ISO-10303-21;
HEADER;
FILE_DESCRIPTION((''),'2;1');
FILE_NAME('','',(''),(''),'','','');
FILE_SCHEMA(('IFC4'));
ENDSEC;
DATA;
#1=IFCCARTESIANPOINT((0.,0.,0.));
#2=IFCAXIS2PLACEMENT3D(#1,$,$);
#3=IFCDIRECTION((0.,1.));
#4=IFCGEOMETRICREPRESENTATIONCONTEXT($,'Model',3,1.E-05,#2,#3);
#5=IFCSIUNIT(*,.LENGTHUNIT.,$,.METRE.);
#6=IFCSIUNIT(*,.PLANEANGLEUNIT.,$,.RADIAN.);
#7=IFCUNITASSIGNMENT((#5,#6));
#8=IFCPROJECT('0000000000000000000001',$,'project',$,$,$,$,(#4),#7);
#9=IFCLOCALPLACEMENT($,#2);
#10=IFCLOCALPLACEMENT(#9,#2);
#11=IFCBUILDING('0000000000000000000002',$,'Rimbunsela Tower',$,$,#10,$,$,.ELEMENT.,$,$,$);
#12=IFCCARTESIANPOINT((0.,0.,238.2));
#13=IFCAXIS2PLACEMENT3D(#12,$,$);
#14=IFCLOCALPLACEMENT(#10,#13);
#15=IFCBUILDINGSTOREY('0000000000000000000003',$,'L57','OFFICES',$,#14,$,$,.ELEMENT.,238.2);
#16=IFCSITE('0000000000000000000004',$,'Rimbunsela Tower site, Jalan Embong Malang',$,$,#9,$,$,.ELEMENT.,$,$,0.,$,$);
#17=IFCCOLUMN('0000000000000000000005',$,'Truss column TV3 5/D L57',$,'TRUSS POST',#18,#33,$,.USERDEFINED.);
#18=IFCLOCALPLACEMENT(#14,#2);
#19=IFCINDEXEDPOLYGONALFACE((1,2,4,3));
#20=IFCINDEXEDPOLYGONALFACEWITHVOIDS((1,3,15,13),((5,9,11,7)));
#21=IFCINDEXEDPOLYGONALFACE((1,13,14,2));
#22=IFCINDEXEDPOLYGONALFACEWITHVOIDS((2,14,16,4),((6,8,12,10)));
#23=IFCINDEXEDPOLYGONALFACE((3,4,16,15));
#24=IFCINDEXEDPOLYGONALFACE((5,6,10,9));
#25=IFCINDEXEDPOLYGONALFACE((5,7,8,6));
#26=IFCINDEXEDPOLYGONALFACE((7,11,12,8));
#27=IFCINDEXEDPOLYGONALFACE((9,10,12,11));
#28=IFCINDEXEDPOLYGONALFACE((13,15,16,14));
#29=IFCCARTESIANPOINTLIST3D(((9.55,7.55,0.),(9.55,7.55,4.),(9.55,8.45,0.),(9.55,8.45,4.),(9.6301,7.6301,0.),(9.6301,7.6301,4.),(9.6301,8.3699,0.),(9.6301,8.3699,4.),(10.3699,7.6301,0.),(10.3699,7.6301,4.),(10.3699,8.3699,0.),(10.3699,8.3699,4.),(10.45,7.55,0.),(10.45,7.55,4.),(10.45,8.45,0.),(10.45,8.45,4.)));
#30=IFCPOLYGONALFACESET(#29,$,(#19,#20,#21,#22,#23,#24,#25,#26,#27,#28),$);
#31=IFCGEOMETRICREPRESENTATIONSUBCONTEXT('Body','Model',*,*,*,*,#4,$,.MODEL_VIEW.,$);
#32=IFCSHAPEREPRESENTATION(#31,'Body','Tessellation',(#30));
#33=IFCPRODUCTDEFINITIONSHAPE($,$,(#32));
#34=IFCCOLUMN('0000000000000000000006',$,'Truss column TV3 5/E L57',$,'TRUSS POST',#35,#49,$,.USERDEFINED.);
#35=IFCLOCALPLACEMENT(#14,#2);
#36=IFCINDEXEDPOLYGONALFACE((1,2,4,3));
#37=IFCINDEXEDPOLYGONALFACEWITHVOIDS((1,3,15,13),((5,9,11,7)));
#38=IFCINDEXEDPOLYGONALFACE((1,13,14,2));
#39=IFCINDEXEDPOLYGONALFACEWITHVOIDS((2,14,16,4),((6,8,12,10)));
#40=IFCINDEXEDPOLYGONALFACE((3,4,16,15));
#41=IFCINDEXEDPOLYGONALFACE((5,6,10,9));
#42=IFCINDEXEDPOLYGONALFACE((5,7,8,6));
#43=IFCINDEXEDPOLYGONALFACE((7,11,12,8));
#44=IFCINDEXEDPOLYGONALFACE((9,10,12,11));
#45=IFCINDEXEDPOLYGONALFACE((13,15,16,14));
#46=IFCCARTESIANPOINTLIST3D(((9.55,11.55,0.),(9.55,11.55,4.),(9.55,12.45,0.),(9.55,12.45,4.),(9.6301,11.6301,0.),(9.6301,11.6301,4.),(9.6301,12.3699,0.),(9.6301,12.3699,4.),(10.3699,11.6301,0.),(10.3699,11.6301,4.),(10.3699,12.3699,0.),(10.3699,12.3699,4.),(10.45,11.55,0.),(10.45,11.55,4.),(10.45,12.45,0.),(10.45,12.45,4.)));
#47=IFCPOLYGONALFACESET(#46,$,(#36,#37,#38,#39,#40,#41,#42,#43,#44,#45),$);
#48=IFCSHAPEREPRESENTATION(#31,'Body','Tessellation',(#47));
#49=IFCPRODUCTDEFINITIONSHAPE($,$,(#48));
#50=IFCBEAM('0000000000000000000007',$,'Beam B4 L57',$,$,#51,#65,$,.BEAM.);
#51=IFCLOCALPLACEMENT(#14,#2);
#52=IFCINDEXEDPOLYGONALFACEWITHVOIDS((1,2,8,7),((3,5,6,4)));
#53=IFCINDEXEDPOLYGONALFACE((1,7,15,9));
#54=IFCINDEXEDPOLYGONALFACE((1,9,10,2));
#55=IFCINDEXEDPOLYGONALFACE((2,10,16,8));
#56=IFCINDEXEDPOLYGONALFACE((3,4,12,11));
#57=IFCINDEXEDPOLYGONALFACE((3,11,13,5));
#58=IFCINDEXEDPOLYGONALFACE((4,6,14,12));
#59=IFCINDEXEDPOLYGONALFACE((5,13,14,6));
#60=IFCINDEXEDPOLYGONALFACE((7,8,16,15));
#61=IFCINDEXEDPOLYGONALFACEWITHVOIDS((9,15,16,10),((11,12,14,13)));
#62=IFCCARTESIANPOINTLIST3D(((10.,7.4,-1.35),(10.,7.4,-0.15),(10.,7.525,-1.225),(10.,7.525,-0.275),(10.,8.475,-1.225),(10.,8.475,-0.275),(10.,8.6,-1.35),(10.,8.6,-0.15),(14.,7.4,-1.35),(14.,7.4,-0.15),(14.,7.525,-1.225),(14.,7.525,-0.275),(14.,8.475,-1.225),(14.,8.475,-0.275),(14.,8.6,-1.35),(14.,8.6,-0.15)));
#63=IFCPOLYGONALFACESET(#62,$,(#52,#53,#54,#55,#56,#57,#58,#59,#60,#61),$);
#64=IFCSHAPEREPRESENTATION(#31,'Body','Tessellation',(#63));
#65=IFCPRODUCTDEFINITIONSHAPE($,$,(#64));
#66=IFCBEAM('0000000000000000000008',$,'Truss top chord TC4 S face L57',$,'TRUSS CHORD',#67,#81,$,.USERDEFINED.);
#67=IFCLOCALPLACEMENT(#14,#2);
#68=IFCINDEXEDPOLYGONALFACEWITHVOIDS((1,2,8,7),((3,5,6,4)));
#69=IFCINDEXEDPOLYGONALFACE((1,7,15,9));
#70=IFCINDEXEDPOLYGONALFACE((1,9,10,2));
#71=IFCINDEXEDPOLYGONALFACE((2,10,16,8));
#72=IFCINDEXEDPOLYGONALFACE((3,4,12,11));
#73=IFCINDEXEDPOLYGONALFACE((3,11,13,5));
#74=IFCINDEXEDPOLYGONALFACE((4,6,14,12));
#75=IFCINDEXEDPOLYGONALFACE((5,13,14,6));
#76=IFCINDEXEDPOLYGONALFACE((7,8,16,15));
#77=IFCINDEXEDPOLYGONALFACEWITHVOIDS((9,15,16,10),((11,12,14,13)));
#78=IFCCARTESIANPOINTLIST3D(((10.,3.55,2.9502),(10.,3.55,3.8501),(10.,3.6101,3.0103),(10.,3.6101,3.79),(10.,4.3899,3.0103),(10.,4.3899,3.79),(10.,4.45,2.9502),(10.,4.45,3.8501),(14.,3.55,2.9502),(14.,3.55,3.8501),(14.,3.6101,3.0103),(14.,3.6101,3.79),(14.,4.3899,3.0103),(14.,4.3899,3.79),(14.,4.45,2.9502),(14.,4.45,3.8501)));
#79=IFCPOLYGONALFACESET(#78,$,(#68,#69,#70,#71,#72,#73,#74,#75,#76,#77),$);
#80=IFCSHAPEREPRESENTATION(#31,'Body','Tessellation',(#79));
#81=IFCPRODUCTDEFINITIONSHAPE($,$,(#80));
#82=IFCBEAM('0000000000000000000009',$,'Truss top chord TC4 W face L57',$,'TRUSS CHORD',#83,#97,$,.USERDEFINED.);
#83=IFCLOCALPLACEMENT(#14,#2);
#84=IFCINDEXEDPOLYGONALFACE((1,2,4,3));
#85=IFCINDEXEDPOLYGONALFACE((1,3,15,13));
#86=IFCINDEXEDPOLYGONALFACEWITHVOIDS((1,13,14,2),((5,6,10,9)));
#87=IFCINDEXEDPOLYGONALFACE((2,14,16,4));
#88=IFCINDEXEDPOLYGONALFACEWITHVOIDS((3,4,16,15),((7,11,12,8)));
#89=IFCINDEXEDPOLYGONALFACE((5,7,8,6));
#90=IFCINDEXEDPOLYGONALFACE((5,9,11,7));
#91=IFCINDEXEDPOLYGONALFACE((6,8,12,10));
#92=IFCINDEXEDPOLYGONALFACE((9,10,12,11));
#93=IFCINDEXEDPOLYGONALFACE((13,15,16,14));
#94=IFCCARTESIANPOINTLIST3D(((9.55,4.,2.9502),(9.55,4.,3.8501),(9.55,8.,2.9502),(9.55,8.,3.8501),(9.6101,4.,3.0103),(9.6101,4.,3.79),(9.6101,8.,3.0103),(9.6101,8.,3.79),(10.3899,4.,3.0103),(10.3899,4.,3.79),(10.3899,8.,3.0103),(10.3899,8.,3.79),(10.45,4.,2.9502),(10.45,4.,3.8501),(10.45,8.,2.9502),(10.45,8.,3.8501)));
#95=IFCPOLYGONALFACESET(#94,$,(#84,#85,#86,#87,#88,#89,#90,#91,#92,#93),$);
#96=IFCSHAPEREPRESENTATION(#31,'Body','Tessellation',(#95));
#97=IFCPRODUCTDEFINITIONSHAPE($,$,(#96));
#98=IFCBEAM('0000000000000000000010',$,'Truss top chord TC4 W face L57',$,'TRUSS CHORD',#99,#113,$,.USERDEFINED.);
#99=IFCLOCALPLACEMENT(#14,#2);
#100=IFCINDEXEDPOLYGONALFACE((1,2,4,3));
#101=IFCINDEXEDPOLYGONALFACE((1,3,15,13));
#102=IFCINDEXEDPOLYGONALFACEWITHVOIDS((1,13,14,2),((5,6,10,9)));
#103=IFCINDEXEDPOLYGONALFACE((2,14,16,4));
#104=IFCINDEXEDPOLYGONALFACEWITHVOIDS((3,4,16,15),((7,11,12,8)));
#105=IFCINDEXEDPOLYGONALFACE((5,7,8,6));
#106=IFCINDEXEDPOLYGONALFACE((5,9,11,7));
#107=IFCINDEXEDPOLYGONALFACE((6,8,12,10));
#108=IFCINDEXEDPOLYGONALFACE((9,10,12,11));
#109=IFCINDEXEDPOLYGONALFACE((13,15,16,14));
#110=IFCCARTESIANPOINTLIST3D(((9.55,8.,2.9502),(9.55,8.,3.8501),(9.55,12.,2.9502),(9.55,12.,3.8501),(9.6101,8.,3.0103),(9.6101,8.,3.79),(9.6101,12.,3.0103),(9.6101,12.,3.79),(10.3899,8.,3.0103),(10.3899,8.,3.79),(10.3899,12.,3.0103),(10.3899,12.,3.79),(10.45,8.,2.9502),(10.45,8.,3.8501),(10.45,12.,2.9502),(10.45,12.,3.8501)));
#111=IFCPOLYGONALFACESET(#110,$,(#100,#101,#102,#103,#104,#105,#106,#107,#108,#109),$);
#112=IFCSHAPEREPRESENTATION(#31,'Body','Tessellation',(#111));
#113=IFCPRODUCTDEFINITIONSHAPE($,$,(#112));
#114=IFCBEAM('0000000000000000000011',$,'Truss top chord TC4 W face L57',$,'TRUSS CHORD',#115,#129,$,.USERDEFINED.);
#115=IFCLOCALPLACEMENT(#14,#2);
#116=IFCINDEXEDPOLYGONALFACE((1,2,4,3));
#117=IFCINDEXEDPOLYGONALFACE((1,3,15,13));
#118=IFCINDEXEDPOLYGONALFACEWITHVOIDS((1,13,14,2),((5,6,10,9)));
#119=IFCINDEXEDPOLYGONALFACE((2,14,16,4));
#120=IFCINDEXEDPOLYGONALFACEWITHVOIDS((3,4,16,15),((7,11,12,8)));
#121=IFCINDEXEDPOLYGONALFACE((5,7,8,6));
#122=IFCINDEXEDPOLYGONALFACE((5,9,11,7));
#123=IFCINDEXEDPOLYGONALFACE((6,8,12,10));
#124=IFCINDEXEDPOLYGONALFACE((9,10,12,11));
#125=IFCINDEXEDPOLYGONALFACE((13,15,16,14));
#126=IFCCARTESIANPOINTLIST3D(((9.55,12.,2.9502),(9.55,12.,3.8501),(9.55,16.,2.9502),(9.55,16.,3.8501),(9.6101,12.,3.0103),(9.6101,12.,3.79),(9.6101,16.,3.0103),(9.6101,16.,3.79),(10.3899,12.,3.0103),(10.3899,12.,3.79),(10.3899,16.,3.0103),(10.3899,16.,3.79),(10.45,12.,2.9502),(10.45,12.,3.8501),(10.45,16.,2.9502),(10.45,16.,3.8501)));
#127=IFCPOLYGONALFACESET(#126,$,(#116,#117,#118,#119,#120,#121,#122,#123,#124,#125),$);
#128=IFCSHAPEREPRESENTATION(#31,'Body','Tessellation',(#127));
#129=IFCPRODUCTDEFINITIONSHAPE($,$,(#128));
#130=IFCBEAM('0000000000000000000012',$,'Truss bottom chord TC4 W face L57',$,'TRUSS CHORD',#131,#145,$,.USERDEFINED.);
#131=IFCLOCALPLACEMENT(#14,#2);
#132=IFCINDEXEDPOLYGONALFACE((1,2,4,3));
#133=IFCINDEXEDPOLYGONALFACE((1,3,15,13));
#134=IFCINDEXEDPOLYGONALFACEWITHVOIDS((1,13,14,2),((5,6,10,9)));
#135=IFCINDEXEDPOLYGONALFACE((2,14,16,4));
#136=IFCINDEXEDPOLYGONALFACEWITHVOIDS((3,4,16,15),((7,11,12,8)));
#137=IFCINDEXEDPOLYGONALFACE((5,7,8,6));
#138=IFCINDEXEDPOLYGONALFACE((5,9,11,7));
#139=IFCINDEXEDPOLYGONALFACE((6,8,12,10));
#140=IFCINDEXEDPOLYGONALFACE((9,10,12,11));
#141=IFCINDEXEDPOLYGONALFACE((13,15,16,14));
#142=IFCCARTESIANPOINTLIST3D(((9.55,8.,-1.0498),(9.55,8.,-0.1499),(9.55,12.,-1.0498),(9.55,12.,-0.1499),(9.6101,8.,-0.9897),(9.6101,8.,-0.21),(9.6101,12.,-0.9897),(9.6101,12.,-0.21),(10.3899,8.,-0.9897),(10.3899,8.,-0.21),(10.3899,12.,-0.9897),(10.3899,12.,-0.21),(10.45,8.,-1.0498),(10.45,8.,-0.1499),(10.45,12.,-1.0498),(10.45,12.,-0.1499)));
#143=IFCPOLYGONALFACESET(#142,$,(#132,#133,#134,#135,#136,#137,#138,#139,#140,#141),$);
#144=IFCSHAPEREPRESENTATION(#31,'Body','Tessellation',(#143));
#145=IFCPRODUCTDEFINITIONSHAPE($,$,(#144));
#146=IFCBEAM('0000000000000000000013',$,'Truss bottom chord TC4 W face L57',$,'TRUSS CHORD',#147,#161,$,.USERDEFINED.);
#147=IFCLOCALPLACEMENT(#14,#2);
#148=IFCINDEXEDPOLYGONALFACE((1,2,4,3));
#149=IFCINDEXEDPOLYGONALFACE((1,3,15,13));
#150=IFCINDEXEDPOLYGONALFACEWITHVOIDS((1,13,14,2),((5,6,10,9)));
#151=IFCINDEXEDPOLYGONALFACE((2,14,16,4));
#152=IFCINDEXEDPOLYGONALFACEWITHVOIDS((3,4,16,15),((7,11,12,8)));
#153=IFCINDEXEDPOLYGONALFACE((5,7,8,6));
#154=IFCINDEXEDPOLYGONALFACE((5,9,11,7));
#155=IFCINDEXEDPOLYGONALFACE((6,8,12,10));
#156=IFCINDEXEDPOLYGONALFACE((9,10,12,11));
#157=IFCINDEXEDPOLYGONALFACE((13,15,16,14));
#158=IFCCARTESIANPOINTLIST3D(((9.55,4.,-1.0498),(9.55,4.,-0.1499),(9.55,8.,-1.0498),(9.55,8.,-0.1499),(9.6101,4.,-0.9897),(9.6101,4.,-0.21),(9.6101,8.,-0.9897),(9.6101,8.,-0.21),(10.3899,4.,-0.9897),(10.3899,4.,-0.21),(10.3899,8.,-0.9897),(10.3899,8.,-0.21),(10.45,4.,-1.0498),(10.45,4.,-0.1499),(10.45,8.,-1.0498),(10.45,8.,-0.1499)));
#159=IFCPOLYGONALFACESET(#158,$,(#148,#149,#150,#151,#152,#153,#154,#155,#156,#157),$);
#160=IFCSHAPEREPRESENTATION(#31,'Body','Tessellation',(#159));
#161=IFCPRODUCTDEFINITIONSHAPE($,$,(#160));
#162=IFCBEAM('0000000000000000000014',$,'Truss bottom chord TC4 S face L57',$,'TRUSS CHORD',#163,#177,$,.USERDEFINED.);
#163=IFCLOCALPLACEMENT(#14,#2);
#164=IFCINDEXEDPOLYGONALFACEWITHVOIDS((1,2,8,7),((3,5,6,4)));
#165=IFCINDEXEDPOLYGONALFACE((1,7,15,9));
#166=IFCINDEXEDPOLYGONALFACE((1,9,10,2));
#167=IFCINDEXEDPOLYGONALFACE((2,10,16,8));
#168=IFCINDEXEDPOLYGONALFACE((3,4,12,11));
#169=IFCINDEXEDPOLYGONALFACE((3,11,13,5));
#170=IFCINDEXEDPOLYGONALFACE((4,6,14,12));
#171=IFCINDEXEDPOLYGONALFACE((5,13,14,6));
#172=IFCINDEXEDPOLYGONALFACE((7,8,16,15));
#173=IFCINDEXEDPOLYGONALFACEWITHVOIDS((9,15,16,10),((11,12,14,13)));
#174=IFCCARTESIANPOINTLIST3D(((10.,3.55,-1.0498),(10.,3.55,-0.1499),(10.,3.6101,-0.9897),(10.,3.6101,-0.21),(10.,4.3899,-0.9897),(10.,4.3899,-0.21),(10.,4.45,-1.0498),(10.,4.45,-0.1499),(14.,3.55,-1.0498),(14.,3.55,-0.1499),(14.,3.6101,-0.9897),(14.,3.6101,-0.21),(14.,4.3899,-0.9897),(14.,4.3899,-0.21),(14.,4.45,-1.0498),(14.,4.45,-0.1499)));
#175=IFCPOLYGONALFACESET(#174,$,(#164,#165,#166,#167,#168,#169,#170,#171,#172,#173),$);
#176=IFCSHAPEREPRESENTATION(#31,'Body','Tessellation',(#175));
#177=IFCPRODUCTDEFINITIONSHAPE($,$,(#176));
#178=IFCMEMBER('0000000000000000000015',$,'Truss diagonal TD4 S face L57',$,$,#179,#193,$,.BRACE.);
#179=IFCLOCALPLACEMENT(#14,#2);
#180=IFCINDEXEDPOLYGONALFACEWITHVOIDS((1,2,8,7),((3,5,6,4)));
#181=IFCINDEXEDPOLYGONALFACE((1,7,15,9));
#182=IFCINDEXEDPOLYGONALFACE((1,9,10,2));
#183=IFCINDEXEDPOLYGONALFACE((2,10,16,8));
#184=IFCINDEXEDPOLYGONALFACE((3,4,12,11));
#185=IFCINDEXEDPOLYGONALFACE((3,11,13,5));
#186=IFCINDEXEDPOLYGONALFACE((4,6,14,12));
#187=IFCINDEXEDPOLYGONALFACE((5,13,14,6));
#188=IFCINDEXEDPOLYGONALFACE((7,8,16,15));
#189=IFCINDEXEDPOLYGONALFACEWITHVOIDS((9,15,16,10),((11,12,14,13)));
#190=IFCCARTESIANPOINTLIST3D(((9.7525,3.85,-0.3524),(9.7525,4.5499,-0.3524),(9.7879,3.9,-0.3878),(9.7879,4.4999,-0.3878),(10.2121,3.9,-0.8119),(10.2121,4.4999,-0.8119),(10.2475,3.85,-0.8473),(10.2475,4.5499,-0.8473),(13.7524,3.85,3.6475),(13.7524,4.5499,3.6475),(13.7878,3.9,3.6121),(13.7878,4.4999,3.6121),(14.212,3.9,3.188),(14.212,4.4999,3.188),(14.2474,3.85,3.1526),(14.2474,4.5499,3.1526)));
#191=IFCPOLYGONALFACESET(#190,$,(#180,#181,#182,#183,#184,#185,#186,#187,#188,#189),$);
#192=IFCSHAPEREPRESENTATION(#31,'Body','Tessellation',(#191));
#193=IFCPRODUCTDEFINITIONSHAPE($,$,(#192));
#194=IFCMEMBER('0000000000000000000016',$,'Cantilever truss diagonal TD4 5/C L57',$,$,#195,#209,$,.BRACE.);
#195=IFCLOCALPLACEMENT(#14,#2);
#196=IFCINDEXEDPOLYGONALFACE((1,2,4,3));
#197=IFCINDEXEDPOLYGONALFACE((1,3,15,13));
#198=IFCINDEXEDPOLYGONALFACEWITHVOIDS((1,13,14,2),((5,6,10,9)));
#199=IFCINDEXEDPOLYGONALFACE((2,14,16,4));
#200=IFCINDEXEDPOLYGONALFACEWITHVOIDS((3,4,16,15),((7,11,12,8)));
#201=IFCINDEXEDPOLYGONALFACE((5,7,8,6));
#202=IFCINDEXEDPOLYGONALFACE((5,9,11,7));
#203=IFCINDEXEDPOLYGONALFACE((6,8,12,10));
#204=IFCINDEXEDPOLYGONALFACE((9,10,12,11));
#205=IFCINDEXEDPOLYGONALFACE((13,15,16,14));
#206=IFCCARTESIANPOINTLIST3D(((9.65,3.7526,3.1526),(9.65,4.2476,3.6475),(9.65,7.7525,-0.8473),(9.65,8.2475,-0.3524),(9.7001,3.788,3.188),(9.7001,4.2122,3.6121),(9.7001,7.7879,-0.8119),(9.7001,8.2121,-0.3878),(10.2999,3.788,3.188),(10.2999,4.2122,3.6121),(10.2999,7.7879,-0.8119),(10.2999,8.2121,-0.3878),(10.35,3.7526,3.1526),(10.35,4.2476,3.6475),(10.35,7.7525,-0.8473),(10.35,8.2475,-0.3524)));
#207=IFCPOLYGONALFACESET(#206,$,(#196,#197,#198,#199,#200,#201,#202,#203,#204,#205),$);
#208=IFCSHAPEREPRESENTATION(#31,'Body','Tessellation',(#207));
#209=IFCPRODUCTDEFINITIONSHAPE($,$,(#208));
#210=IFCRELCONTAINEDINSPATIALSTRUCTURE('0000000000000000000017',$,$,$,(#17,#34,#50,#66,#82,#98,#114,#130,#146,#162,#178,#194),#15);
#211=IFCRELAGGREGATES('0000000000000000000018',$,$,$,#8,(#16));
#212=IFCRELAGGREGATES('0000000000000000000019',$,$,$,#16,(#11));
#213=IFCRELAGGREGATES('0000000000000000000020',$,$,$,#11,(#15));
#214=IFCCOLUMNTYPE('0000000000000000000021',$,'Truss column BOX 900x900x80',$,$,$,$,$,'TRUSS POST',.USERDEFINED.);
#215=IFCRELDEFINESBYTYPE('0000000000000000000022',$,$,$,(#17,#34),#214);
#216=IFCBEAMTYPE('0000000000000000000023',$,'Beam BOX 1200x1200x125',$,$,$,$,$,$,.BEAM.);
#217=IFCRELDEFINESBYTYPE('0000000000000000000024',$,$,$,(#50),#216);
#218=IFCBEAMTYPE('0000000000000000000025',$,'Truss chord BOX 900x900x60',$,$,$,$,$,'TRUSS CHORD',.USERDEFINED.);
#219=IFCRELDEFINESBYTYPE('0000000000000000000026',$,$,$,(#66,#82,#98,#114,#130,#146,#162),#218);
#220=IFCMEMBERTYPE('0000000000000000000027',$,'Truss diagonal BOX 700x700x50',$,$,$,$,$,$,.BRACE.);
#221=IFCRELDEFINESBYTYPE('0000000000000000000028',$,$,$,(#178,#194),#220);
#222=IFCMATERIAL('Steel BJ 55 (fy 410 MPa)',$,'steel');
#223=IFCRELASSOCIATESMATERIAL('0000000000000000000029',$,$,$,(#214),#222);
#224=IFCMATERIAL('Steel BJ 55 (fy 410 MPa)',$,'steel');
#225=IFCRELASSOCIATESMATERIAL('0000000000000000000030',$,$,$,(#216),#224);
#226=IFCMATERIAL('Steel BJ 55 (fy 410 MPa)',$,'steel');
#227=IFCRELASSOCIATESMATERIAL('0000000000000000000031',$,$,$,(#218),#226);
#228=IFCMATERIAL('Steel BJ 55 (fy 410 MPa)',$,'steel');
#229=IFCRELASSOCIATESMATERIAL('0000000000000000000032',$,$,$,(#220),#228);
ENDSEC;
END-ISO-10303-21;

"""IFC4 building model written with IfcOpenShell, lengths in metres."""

from ifc_helpers import new_model, si_unit, direction, frame, origin, origin_2d, place, context, subcontext, project, spatial, hollow_rectangle, extrude, material, material_profile, profile_set, type_object, element, save


model = new_model("IFC4")

# Units and contexts
model_context = context("Model", 3, precision=1e-05, world=origin(), true_north=direction((0.0, 1.0)))
body_context = subcontext(model_context, "Body", "Model", "MODEL_VIEW")
ifc_project = project(units=[si_unit("LENGTHUNIT", "METRE"), si_unit("PLANEANGLEUNIT", "RADIAN")], contexts=[model_context])

# Site, building, storey
site_placement = place(None, origin())
site = spatial("IfcSite", under=ifc_project, at=site_placement, Name="Rimbunsela Tower site, Jalan Embong Malang", CompositionType="ELEMENT", RefElevation=0.0)
building_placement = place(site_placement, origin())
building = spatial("IfcBuilding", under=site, at=building_placement, Name="Rimbunsela Tower", CompositionType="ELEMENT")
storey_placement = place(building_placement, frame((0.0, 0.0, 238.2)))
storey = spatial("IfcBuildingStorey", under=building, at=storey_placement, Name="L57", Description="OFFICES", CompositionType="ELEMENT", Elevation=238.2)

# Columns
ifc_material_1 = material(Name="Steel BJ 55 (fy 410 MPa)", Category="steel")
ifc_material_profile_1 = material_profile(ifc_material_1, hollow_rectangle(XDim=0.8999, YDim=0.8999, WallThickness=0.0801, at=origin_2d()), Name="BOX 900x900x80")
ifc_profile_set_1 = profile_set([ifc_material_profile_1], Name="Steel BJ 55 (fy 410 MPa)")
column_type = type_object("IfcColumnType", Name="Truss column BOX 900x900x80", ElementType="TRUSS POST", PredefinedType="USERDEFINED", material=ifc_profile_set_1)
for number, where, z_axis, x_axis, name in (
    (1, (10.0, 8.0, 0.0), (0.0, 0.0, 1.0), (1.0, 0.0, 0.0), "Truss column TV3 5/D L57"),
    (2, (10.0, 12.0, 0.0), (0.0, 0.0, 1.0), (1.0, 0.0, 0.0), "Truss column TV3 5/E L57"),
):
    element("IfcColumn", number, at=place(storey_placement, frame(where, z_axis=z_axis, x_axis=x_axis)), inside=storey, type_object=column_type, Name=name, ObjectType="TRUSS POST", PredefinedType="USERDEFINED", context=body_context, shape_type="SweptSolid", body=[
        extrude(hollow_rectangle(XDim=0.8999, YDim=0.8999, WallThickness=0.0801, at=origin_2d()), origin(), (0.0, 0.0, 1.0), 4.0),
    ])

# Beams
ifc_material_2 = material(Name="Steel BJ 55 (fy 410 MPa)", Category="steel")
ifc_material_profile_2 = material_profile(ifc_material_2, hollow_rectangle(XDim=1.2, YDim=1.2, WallThickness=0.125, at=origin_2d()), Name="BOX 1200x1200x125")
ifc_profile_set_2 = profile_set([ifc_material_profile_2], Name="Steel BJ 55 (fy 410 MPa)")
beam_type_1 = type_object("IfcBeamType", Name="Beam BOX 1200x1200x125", PredefinedType="BEAM", material=ifc_profile_set_2)
beam_placement = place(storey_placement, frame((10.0, 8.0, -0.75), z_axis=(1.0, 0.0, 0.0), x_axis=(0.0, 1.0, 0.0)))
element("IfcBeam", 3, at=beam_placement, inside=storey, type_object=beam_type_1, Name="Beam B4 L57", PredefinedType="BEAM", context=body_context, shape_type="SweptSolid", body=[
    extrude(hollow_rectangle(XDim=1.2, YDim=1.2, WallThickness=0.125, at=origin_2d()), origin(), (0.0, 0.0, 1.0), 4.0),
])
ifc_material_3 = material(Name="Steel BJ 55 (fy 410 MPa)", Category="steel")
ifc_material_profile_3 = material_profile(ifc_material_3, hollow_rectangle(XDim=0.8999, YDim=0.8999, WallThickness=0.0601, at=origin_2d()), Name="BOX 900x900x60")
ifc_profile_set_3 = profile_set([ifc_material_profile_3], Name="Steel BJ 55 (fy 410 MPa)")
beam_type_2 = type_object("IfcBeamType", Name="Truss chord BOX 900x900x60", ElementType="TRUSS CHORD", PredefinedType="USERDEFINED", material=ifc_profile_set_3)
for number, where, z_axis, x_axis, name in (
    (4, (10.0, 4.0, 3.4001), (1.0, 0.0, 0.0), (0.0, 1.0, 0.0), "Truss top chord TC4 S face L57"),
    (5, (10.0, 4.0, 3.4001), (0.0, 1.0, 0.0), (-1.0, 0.0, 0.0), "Truss top chord TC4 W face L57"),
    (6, (10.0, 8.0, 3.4001), (0.0, 1.0, 0.0), (-1.0, 0.0, 0.0), "Truss top chord TC4 W face L57"),
    (7, (10.0, 12.0, 3.4001), (0.0, 1.0, 0.0), (-1.0, 0.0, 0.0), "Truss top chord TC4 W face L57"),
    (8, (10.0, 8.0, -0.5999), (0.0, 1.0, 0.0), (-1.0, 0.0, 0.0), "Truss bottom chord TC4 W face L57"),
    (9, (10.0, 4.0, -0.5999), (0.0, 1.0, 0.0), (-1.0, 0.0, 0.0), "Truss bottom chord TC4 W face L57"),
    (10, (10.0, 4.0, -0.5999), (1.0, 0.0, 0.0), (0.0, 1.0, 0.0), "Truss bottom chord TC4 S face L57"),
):
    element("IfcBeam", number, at=place(storey_placement, frame(where, z_axis=z_axis, x_axis=x_axis)), inside=storey, type_object=beam_type_2, Name=name, ObjectType="TRUSS CHORD", PredefinedType="USERDEFINED", context=body_context, shape_type="SweptSolid", body=[
        extrude(hollow_rectangle(XDim=0.8999, YDim=0.8999, WallThickness=0.0601, at=origin_2d()), origin(), (0.0, 0.0, 1.0), 4.0),
    ])

# Members
ifc_material_4 = material(Name="Steel BJ 55 (fy 410 MPa)", Category="steel")
ifc_material_profile_4 = material_profile(ifc_material_4, hollow_rectangle(XDim=0.7, YDim=0.7, WallThickness=0.05, at=origin_2d()), Name="BOX 700x700x50")
ifc_profile_set_4 = profile_set([ifc_material_profile_4], Name="Steel BJ 55 (fy 410 MPa)")
member_type_1 = type_object("IfcMemberType", Name="Truss diagonal BOX 700x700x50", PredefinedType="BRACE", material=ifc_profile_set_4)
for number, where, z_axis, x_axis, name in (
    (11, (10.0, 4.2, -0.5999), (0.707107, 0.0, 0.707107), (0.0, 1.0, 0.0), "Truss diagonal TD4 S face L57"),
    (12, (10.0, 8.0, -0.5999), (0.0, -0.707107, 0.707107), (1.0, 0.0, 0.0), "Cantilever truss diagonal TD4 5/C L57"),
):
    element("IfcMember", number, at=place(storey_placement, frame(where, z_axis=z_axis, x_axis=x_axis)), inside=storey, type_object=member_type_1, Name=name, PredefinedType="BRACE", context=body_context, shape_type="SweptSolid", body=[
        extrude(hollow_rectangle(XDim=0.7, YDim=0.7, WallThickness=0.05, at=origin_2d()), origin(), (0.0, 0.0, 1.0), 5.6567),
    ])

save(model, "model.ifc")
